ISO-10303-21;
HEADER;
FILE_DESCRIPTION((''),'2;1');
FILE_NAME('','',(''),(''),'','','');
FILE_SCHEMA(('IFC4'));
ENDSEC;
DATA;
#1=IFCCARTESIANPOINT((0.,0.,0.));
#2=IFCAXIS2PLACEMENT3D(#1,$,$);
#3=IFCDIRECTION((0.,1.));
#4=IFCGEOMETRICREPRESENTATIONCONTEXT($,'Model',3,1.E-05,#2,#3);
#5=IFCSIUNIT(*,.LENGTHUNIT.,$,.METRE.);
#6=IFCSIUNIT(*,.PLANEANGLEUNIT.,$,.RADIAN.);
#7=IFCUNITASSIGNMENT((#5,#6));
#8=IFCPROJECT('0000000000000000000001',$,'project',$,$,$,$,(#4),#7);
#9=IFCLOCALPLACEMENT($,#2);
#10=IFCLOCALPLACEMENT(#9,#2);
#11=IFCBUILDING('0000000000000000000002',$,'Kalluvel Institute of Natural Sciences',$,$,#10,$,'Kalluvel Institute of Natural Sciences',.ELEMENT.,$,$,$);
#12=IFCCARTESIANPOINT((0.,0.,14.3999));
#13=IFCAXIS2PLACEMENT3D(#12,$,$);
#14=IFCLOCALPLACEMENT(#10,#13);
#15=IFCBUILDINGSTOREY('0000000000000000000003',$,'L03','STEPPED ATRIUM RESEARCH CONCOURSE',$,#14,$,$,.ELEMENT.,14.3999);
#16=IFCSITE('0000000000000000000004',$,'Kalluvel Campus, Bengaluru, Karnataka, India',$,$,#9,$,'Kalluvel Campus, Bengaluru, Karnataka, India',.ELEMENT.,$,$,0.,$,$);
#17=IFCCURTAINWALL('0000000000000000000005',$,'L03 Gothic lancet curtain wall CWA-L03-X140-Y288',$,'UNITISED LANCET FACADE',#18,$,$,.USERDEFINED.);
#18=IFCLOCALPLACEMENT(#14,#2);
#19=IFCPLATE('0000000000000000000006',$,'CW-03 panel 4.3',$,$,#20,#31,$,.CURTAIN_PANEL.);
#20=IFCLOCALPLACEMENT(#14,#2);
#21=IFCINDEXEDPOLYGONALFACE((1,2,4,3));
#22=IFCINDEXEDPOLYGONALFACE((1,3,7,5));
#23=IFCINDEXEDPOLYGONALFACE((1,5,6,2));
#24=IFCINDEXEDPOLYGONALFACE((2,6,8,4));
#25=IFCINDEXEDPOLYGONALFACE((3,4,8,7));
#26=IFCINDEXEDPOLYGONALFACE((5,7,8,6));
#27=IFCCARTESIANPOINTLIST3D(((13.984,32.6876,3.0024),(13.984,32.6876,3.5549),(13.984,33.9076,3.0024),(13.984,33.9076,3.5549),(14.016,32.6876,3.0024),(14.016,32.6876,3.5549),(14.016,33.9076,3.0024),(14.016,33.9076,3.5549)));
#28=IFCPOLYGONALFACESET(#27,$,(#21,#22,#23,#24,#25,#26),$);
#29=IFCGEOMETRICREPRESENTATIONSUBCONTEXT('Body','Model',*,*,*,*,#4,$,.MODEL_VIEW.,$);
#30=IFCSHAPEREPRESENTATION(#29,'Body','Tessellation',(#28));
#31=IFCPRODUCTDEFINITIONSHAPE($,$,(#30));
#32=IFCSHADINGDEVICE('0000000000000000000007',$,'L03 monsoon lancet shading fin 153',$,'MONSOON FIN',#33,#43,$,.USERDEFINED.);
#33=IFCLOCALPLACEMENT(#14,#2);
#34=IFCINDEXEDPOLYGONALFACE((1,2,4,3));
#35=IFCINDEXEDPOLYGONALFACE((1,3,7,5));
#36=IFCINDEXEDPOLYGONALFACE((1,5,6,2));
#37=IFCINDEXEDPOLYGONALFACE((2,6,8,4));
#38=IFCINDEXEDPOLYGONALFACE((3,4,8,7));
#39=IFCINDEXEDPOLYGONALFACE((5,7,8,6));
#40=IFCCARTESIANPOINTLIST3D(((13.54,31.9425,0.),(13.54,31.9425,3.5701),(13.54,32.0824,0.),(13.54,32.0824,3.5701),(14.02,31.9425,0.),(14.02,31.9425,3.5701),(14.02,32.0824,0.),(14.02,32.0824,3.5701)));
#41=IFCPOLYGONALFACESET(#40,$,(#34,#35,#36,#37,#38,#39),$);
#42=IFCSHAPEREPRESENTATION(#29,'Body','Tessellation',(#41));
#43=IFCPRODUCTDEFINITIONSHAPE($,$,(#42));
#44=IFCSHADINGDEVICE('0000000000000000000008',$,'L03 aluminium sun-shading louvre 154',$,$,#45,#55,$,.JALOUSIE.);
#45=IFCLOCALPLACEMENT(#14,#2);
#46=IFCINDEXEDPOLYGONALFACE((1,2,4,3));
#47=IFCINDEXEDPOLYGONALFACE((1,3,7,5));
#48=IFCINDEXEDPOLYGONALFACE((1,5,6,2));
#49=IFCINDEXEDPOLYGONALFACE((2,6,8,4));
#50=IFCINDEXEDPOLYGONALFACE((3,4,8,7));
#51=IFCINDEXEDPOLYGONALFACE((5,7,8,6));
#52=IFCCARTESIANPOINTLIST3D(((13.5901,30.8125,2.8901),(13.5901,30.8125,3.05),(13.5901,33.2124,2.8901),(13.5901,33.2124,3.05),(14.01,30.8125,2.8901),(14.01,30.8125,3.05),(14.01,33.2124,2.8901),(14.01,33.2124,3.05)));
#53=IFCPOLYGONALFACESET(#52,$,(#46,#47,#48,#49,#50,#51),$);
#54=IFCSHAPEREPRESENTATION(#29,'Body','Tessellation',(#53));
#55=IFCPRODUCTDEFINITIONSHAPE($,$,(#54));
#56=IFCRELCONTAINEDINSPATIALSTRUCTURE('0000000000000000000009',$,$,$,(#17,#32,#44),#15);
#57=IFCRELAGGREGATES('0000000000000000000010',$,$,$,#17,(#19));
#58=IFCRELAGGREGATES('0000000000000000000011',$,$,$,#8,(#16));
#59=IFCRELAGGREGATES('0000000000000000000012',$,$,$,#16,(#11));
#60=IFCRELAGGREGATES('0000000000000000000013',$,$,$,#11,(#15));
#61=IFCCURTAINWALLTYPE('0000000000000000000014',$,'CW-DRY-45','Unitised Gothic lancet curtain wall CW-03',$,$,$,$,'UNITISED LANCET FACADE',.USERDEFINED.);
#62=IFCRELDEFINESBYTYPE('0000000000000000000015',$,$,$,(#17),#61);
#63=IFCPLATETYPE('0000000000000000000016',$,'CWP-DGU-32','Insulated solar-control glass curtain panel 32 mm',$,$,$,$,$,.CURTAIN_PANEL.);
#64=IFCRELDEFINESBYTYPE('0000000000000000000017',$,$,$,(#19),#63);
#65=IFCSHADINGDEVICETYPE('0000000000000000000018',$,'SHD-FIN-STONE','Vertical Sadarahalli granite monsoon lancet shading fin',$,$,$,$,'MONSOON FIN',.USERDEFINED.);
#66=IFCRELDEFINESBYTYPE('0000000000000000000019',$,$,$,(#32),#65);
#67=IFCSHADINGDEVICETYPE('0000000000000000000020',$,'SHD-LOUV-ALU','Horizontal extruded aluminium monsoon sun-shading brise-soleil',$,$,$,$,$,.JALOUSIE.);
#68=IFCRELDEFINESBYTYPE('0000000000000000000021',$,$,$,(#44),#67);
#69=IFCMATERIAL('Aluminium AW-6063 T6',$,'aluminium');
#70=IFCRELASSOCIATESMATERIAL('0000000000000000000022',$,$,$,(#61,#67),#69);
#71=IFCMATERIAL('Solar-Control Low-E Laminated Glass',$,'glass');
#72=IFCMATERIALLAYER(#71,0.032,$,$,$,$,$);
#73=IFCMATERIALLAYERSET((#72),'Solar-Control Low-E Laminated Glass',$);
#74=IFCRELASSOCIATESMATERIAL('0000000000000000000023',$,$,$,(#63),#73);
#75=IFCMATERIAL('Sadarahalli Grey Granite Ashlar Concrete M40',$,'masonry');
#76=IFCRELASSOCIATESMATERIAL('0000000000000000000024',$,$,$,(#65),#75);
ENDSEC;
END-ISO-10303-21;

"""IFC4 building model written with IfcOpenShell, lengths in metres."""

from ifc_helpers import new_model, si_unit, direction, frame, origin, origin_2d, place, context, subcontext, project, spatial, rectangle, extrude, material, layer, layer_set, type_object, element, aggregate, save


model = new_model("IFC4")

# Units and contexts
model_context = context("Model", 3, precision=1e-05, world=origin(), true_north=direction((0.0, 1.0)))
body_context = subcontext(model_context, "Body", "Model", "MODEL_VIEW")
ifc_project = project(units=[si_unit("LENGTHUNIT", "METRE"), si_unit("PLANEANGLEUNIT", "RADIAN")], contexts=[model_context])

# Site, building, storey
site_placement = place(None, origin())
site = spatial("IfcSite", under=ifc_project, at=site_placement, Name="Kalluvel Campus, Bengaluru, Karnataka, India", LongName="Kalluvel Campus, Bengaluru, Karnataka, India", CompositionType="ELEMENT", RefElevation=0.0)
building_placement = place(site_placement, origin())
building = spatial("IfcBuilding", under=site, at=building_placement, Name="Kalluvel Institute of Natural Sciences", LongName="Kalluvel Institute of Natural Sciences", CompositionType="ELEMENT")
storey_placement = place(building_placement, frame((0.0, 0.0, 14.3999)))
storey = spatial("IfcBuildingStorey", under=building, at=storey_placement, Name="L03", Description="STEPPED ATRIUM RESEARCH CONCOURSE", CompositionType="ELEMENT", Elevation=14.3999)

# Curtain wall, plate
ifc_material_1 = material(Name="Aluminium AW-6063 T6", Category="aluminium")
curtain_wall_type = type_object("IfcCurtainWallType", Name="CW-DRY-45", Description="Unitised Gothic lancet curtain wall CW-03", ElementType="UNITISED LANCET FACADE", PredefinedType="USERDEFINED", material=ifc_material_1)
curtain_wall_placement = place(storey_placement, origin())
curtain_wall = element("IfcCurtainWall", 1, at=curtain_wall_placement, inside=storey, type_object=curtain_wall_type, Name="L03 Gothic lancet curtain wall CWA-L03-X140-Y288", ObjectType="UNITISED LANCET FACADE", PredefinedType="USERDEFINED")
ifc_material_2 = material(Name="Solar-Control Low-E Laminated Glass", Category="glass")
ifc_layer = layer(ifc_material_2, 0.032)
ifc_layer_set = layer_set([ifc_layer], Name="Solar-Control Low-E Laminated Glass")
plate_type = type_object("IfcPlateType", Name="CWP-DGU-32", Description="Insulated solar-control glass curtain panel 32 mm", PredefinedType="CURTAIN_PANEL", material=ifc_layer_set)
plate_1_placement = place(storey_placement, frame((14.0, 33.2976, 3.0024), z_axis=(0.0, 0.0, 1.0), x_axis=(0.0, 1.0, 0.0)))
plate_1 = element("IfcPlate", 2, at=plate_1_placement, type_object=plate_type, Name="CW-03 panel 4.3", PredefinedType="CURTAIN_PANEL", context=body_context, shape_type="SweptSolid", body=[
    extrude(rectangle(XDim=1.22, YDim=0.032, at=origin_2d()), origin(), (0.0, 0.0, 1.0), 0.5525),
])
aggregate(curtain_wall, [plate_1])

# Shading devices
ifc_material_3 = material(Name="Sadarahalli Grey Granite Ashlar Concrete M40", Category="masonry")
shading_device_type_1 = type_object("IfcShadingDeviceType", Name="SHD-FIN-STONE", Description="Vertical Sadarahalli granite monsoon lancet shading fin", ElementType="MONSOON FIN", PredefinedType="USERDEFINED", material=ifc_material_3)
shading_device_1_placement = place(storey_placement, frame((13.78, 32.0125, 0.0), z_axis=(0.0, 0.0, 1.0), x_axis=(0.0, 1.0, 0.0)))
element("IfcShadingDevice", 3, at=shading_device_1_placement, inside=storey, type_object=shading_device_type_1, Name="L03 monsoon lancet shading fin 153", ObjectType="MONSOON FIN", PredefinedType="USERDEFINED", context=body_context, shape_type="SweptSolid", body=[
    extrude(rectangle(XDim=0.1399, YDim=0.48, at=origin_2d()), origin(), (0.0, 0.0, 1.0), 3.5701),
])
shading_device_type_2 = type_object("IfcShadingDeviceType", Name="SHD-LOUV-ALU", Description="Horizontal extruded aluminium monsoon sun-shading brise-soleil", PredefinedType="JALOUSIE", material=ifc_material_1)
shading_device_2_placement = place(storey_placement, frame((13.8, 32.0125, 2.8901), z_axis=(0.0, 0.0, 1.0), x_axis=(0.0, 1.0, 0.0)))
element("IfcShadingDevice", 4, at=shading_device_2_placement, inside=storey, type_object=shading_device_type_2, Name="L03 aluminium sun-shading louvre 154", PredefinedType="JALOUSIE", context=body_context, shape_type="SweptSolid", body=[
    extrude(rectangle(XDim=2.3999, YDim=0.4199, at=origin_2d()), origin(), (0.0, 0.0, 1.0), 0.1599),
])

save(model, "model.ifc")
